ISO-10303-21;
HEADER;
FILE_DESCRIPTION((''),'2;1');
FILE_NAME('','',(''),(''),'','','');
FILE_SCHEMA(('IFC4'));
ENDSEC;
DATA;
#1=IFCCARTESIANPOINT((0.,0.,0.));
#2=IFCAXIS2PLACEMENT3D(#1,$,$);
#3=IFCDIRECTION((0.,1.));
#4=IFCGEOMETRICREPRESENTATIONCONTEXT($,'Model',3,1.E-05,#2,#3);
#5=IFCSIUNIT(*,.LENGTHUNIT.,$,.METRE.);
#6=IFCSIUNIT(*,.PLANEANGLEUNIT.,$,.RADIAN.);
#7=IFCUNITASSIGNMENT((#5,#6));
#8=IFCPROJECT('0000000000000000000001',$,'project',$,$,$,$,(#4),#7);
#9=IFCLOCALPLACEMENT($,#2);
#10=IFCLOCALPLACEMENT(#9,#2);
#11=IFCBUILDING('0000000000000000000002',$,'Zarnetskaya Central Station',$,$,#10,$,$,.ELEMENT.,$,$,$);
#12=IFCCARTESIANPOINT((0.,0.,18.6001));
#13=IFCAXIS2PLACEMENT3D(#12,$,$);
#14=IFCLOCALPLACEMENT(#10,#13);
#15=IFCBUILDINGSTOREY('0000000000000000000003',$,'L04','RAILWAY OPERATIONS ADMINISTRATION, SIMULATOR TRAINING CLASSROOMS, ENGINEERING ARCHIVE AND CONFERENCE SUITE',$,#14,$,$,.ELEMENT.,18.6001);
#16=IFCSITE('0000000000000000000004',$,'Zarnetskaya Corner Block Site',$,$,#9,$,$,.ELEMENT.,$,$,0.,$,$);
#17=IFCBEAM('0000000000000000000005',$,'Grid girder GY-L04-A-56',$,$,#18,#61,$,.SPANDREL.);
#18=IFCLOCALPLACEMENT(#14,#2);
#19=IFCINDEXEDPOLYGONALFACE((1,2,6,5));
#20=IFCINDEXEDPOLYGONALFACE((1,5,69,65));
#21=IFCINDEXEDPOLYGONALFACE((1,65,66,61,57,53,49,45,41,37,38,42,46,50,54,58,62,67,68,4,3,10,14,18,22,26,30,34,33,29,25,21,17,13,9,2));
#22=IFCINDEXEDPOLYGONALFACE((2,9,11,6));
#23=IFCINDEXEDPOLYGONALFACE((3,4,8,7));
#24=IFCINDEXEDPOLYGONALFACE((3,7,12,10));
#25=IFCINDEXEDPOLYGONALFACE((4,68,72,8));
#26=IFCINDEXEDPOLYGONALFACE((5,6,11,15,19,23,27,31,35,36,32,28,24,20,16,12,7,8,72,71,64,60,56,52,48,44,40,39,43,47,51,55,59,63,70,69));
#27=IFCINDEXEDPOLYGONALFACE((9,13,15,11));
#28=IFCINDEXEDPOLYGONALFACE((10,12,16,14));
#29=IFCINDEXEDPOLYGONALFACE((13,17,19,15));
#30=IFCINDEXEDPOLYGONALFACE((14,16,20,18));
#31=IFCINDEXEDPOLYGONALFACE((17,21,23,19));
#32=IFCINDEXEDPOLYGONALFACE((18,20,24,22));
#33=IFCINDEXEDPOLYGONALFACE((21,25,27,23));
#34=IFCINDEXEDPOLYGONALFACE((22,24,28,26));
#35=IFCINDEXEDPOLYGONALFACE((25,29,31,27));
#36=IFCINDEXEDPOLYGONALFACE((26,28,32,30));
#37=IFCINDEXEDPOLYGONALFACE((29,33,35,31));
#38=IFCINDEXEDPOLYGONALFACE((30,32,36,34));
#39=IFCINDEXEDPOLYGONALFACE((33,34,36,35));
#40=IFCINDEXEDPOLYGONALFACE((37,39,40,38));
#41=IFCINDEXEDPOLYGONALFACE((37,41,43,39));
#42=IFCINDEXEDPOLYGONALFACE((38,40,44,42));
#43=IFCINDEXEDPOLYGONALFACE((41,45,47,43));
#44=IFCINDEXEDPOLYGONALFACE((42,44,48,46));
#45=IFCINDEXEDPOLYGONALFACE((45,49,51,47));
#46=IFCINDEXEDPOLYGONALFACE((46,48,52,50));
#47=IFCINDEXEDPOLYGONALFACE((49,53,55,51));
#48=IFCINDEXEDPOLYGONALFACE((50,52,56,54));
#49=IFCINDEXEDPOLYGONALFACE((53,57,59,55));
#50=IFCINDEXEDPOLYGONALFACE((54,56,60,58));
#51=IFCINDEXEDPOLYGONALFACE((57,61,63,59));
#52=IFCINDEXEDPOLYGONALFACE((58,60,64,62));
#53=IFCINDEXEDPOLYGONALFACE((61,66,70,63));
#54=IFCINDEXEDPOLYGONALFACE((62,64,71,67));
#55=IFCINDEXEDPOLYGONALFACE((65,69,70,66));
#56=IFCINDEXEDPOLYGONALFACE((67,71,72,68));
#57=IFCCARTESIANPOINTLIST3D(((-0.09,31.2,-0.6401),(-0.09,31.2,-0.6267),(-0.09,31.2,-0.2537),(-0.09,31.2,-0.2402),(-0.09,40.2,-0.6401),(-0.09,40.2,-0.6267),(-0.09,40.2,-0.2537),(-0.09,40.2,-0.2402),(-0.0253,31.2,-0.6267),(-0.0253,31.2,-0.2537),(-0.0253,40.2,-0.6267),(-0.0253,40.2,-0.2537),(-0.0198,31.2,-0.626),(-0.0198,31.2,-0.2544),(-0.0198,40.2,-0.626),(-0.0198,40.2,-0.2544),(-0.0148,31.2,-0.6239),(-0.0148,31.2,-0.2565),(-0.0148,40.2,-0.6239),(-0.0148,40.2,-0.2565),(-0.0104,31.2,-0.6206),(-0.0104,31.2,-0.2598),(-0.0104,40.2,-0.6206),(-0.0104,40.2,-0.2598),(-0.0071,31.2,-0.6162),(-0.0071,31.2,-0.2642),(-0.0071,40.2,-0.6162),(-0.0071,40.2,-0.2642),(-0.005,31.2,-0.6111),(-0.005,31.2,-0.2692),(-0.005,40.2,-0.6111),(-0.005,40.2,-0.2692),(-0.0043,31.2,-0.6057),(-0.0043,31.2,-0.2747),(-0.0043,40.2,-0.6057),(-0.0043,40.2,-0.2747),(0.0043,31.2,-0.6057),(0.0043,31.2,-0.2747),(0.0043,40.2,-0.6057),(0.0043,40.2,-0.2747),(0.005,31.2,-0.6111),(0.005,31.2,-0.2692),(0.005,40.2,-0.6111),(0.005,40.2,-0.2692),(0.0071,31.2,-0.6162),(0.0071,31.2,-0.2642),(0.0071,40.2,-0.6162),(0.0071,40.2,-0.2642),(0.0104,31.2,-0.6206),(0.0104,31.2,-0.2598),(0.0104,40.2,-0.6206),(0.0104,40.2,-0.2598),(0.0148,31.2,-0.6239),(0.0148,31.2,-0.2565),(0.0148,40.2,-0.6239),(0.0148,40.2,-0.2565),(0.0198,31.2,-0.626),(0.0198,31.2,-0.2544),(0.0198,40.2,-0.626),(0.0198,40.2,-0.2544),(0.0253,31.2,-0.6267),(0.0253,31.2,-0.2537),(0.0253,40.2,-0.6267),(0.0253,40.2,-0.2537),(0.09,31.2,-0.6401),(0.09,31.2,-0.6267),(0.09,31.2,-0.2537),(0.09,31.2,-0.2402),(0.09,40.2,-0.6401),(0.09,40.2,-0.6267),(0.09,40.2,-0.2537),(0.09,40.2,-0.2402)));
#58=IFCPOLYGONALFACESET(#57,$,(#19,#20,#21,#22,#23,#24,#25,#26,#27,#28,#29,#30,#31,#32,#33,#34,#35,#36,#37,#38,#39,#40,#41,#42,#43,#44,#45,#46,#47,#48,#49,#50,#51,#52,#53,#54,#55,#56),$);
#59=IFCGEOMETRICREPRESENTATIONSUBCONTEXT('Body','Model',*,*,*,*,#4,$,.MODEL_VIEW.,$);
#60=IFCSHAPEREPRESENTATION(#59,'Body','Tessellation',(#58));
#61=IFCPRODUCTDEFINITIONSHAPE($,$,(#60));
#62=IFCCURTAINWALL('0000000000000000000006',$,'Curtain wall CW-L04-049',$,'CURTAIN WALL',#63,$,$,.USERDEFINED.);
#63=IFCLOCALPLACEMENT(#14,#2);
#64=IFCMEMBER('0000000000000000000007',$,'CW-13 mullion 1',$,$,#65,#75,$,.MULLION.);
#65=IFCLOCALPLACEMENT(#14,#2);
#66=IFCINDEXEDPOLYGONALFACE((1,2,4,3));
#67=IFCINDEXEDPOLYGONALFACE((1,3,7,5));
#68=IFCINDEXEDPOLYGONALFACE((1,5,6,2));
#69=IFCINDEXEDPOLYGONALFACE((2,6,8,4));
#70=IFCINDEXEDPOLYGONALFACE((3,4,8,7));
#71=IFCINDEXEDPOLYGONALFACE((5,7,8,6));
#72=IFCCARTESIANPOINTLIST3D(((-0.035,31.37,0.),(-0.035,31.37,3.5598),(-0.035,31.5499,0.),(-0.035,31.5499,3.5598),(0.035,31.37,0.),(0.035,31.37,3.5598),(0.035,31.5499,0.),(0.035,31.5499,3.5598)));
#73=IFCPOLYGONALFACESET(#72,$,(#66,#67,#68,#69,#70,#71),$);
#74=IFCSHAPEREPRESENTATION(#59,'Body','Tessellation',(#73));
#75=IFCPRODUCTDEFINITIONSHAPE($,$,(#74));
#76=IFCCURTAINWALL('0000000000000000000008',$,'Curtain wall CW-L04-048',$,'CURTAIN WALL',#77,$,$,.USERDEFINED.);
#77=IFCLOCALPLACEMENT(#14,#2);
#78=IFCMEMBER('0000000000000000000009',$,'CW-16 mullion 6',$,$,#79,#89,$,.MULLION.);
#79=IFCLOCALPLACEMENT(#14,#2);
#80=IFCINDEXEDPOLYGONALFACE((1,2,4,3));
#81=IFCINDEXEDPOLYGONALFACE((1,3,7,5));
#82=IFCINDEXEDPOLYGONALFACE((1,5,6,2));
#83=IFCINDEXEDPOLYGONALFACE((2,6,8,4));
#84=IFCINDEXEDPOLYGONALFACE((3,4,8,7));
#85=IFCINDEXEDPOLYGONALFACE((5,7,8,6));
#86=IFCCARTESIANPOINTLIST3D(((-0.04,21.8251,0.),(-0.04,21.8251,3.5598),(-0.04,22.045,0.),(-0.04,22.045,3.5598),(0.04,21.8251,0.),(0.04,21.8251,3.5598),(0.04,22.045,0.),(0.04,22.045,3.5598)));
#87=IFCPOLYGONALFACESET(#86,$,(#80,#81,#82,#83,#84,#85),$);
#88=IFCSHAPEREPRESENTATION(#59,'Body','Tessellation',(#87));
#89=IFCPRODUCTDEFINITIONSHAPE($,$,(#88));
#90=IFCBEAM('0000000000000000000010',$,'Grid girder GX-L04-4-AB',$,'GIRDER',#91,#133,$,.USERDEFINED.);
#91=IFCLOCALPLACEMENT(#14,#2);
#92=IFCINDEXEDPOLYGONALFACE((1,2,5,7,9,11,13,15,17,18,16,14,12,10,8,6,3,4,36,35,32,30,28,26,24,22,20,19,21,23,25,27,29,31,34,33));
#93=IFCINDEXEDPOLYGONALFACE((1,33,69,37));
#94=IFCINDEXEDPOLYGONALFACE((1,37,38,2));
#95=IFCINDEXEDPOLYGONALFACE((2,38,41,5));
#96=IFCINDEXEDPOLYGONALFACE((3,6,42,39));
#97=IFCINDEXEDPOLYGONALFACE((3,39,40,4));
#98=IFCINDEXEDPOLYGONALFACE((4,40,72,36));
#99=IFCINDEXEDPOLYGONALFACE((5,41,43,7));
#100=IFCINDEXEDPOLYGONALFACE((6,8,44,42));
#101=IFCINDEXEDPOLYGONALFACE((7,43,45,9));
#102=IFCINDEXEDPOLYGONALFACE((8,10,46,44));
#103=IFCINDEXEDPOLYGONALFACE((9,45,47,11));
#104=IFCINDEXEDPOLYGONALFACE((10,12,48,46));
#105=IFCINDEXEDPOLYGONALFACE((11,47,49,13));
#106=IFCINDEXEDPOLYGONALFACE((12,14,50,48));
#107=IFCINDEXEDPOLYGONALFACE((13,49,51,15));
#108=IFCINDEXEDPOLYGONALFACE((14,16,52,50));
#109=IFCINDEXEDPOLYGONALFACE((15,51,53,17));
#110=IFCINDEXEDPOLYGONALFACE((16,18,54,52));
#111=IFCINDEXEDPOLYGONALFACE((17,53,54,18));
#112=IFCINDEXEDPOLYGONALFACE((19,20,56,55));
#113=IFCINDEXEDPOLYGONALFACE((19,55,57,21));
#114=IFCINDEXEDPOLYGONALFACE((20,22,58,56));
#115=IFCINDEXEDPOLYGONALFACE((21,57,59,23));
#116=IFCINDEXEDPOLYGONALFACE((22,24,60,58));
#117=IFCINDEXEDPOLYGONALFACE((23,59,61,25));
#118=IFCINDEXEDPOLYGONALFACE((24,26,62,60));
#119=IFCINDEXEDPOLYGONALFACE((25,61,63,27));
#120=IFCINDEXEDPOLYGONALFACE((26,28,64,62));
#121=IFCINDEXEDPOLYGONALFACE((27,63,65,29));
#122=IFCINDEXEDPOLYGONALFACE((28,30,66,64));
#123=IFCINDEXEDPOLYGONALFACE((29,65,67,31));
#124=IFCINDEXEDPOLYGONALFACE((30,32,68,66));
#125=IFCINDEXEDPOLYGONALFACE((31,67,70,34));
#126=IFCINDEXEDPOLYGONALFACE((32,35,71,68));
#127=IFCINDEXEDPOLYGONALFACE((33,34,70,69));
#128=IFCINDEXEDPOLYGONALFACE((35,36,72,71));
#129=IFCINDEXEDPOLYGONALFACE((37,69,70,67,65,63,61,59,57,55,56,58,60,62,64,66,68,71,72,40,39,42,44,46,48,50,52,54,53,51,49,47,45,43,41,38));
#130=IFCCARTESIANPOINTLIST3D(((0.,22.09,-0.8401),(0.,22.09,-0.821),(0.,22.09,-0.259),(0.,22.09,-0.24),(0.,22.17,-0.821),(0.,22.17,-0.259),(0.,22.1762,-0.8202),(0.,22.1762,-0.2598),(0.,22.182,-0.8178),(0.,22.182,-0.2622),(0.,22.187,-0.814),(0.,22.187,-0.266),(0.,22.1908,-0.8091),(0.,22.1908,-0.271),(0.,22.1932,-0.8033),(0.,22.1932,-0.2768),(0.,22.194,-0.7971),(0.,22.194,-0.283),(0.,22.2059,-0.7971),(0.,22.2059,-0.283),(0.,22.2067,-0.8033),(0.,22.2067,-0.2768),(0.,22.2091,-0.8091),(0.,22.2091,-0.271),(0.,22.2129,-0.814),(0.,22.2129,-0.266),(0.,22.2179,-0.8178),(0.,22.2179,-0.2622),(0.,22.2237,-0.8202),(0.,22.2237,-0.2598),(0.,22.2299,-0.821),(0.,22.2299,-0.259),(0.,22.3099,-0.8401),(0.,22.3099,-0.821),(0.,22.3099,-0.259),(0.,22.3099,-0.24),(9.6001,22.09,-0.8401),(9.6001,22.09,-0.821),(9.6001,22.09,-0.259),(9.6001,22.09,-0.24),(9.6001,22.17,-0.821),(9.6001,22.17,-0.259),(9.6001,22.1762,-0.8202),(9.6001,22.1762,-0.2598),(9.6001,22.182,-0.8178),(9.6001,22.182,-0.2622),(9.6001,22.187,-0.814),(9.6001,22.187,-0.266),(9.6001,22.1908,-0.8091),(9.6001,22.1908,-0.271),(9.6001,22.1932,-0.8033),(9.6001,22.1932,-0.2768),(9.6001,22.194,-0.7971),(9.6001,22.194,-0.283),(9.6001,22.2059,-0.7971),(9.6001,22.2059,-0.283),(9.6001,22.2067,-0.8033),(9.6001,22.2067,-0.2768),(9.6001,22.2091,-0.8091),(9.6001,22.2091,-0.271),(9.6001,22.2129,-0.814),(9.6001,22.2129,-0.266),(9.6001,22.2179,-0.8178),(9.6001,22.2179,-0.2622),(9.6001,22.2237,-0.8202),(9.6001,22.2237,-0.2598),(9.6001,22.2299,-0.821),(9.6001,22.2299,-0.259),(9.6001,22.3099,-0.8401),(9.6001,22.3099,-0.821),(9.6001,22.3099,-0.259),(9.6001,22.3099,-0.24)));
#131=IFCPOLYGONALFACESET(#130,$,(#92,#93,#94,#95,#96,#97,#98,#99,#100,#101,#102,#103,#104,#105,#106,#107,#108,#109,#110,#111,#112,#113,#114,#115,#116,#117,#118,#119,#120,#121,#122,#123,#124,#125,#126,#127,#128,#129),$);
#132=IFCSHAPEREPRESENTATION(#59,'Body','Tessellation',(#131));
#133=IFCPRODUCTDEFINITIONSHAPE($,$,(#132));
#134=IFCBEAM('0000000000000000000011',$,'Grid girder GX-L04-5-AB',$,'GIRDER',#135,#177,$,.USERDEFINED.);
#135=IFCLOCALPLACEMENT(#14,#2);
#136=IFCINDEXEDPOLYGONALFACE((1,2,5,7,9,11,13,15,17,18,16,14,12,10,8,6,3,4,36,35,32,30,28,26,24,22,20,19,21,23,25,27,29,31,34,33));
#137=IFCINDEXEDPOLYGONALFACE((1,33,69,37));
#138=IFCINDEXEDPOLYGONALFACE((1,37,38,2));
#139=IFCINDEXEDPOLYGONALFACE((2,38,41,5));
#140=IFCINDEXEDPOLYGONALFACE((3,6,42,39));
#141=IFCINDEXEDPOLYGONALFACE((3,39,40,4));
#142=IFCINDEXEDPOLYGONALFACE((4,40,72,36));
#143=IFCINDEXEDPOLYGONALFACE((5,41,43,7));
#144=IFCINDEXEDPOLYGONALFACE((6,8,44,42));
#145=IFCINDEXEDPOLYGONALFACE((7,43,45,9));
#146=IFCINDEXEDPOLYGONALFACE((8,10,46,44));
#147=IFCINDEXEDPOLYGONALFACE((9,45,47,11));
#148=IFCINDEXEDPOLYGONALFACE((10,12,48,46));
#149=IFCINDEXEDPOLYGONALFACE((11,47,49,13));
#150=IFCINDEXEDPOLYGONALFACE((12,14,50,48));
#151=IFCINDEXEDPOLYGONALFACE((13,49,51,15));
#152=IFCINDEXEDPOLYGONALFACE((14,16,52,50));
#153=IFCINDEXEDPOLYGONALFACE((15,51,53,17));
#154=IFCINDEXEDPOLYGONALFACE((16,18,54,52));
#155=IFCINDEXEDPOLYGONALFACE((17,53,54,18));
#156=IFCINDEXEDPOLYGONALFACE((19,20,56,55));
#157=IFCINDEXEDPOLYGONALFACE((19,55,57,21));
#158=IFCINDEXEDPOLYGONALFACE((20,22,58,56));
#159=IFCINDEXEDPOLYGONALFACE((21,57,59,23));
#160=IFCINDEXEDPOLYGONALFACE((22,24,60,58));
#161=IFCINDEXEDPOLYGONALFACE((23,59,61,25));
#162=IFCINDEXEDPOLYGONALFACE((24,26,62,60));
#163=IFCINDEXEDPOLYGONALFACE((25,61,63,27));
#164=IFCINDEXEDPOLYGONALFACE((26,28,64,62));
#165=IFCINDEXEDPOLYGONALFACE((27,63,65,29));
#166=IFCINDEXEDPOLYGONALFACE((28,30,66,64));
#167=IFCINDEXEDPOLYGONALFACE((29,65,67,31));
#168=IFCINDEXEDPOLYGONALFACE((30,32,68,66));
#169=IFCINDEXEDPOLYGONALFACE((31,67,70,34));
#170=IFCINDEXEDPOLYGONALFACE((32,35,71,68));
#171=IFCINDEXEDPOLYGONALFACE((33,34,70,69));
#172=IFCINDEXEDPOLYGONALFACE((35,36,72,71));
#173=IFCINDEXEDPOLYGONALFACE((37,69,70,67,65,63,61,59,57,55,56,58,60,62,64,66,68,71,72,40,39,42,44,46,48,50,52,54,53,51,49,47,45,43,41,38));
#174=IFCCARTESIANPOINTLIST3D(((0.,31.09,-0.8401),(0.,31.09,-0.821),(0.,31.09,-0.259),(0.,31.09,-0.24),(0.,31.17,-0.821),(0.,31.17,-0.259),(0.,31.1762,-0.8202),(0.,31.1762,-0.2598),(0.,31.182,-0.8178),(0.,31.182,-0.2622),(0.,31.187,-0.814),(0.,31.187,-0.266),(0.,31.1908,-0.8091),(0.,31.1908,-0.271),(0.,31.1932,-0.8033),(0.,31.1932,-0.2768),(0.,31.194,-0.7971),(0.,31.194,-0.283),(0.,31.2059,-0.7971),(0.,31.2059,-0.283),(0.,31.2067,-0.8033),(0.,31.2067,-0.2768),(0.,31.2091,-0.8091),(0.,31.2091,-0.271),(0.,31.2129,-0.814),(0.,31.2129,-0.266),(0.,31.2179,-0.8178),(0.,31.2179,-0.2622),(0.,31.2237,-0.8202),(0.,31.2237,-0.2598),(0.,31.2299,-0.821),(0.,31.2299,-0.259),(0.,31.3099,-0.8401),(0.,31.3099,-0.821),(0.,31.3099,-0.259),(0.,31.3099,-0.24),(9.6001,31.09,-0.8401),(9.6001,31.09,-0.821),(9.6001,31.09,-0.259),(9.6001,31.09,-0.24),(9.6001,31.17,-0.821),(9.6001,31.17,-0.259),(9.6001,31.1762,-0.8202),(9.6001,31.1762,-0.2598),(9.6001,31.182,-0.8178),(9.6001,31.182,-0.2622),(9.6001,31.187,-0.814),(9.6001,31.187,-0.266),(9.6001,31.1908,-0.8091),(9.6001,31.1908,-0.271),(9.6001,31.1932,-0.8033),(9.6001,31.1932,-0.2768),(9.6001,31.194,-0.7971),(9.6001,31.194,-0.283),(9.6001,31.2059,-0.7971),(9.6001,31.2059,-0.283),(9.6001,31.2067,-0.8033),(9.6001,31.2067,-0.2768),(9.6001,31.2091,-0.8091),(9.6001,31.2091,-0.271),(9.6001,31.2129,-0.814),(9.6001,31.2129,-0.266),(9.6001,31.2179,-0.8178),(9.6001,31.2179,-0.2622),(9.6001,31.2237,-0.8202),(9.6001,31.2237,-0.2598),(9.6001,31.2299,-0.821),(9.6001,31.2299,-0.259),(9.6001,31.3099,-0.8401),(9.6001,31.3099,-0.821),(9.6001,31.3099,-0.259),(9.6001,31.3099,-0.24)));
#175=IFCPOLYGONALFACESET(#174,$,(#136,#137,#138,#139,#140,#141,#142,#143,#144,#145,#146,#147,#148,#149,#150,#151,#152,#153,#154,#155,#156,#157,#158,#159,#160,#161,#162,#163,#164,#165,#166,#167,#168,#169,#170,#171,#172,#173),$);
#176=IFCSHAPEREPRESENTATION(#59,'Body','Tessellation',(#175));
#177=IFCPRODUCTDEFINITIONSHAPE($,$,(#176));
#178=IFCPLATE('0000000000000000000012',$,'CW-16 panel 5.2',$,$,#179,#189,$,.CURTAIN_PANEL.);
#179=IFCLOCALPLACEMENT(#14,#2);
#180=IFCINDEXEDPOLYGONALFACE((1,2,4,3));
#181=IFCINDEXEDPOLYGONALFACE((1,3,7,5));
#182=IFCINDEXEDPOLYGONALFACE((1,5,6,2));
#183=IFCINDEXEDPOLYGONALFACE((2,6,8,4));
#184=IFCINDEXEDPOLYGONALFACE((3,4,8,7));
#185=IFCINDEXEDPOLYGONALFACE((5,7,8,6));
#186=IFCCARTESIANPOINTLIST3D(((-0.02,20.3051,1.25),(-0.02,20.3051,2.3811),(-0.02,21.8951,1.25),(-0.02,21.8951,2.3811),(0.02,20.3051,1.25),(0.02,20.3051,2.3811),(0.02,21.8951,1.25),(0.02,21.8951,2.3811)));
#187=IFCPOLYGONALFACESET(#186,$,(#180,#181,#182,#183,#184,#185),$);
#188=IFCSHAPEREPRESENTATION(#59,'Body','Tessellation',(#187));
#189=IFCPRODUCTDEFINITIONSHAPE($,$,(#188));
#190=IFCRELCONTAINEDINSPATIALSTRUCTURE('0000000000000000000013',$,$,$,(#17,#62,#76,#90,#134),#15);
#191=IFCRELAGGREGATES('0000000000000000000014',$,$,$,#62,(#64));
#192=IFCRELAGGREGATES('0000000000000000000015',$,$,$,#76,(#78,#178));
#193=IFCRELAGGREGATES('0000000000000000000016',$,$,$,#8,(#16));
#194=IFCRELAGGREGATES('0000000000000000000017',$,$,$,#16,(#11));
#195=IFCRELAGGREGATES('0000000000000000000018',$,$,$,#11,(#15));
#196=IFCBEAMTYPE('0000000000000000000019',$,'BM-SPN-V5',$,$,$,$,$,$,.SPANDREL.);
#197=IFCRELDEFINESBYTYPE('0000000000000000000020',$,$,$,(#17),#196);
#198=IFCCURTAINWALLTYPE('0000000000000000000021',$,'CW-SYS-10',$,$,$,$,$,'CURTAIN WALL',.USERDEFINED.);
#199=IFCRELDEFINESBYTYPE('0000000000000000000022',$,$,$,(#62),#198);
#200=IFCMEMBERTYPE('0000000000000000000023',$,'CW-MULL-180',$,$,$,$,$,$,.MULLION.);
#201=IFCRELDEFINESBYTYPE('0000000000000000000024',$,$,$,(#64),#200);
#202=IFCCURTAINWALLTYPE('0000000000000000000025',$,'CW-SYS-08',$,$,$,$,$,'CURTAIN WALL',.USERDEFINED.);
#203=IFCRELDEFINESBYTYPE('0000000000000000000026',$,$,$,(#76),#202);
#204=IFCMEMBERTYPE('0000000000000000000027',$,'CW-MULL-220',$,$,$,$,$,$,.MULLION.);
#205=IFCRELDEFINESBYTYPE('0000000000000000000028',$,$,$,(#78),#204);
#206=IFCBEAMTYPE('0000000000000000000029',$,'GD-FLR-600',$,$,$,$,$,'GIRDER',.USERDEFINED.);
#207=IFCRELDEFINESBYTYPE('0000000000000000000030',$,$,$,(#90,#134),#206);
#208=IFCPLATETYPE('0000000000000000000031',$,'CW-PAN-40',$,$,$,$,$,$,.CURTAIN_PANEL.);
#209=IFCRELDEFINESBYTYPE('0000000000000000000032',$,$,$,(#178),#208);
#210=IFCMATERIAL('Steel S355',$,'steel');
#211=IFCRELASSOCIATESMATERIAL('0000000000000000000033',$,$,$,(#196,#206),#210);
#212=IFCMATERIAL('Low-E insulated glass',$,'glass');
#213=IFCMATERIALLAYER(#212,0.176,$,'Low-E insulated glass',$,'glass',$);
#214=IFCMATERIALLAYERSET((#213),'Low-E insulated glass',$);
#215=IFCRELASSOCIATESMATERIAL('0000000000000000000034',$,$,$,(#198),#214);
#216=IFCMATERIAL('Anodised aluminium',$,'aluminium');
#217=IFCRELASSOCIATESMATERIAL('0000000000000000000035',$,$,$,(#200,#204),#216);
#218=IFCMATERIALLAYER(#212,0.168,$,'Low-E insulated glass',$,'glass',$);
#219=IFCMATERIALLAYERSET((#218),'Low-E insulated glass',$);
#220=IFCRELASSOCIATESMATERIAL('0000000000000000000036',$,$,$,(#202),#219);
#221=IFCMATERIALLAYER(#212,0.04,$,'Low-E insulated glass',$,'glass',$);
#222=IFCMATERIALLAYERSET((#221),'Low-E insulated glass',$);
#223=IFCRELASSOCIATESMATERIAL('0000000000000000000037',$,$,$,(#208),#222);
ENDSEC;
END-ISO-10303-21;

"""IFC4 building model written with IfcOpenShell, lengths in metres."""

from ifc_helpers import new_model, si_unit, direction, frame, origin, origin_2d, place, context, subcontext, project, spatial, rectangle, i_section, extrude, material, layer, layer_set, material_profile, profile_set, type_object, element, aggregate, save


model = new_model("IFC4")

# Units and contexts
model_context = context("Model", 3, precision=1e-05, world=origin(), true_north=direction((0.0, 1.0)))
body_context = subcontext(model_context, "Body", "Model", "MODEL_VIEW")
ifc_project = project(units=[si_unit("LENGTHUNIT", "METRE"), si_unit("PLANEANGLEUNIT", "RADIAN")], contexts=[model_context])

# Site, building, storey
site_placement = place(None, origin())
site = spatial("IfcSite", under=ifc_project, at=site_placement, Name="Zarnetskaya Corner Block Site", CompositionType="ELEMENT", RefElevation=0.0)
building_placement = place(site_placement, origin())
building = spatial("IfcBuilding", under=site, at=building_placement, Name="Zarnetskaya Central Station", CompositionType="ELEMENT")
storey_placement = place(building_placement, frame((0.0, 0.0, 18.6001)))
storey = spatial("IfcBuildingStorey", under=building, at=storey_placement, Name="L04", Description="RAILWAY OPERATIONS ADMINISTRATION, SIMULATOR TRAINING CLASSROOMS, ENGINEERING ARCHIVE AND CONFERENCE SUITE", CompositionType="ELEMENT", Elevation=18.6001)

# Shared definitions
ifc_material_1 = material(Name="Steel S355", Category="steel")

# Beam
ifc_material_profile_1 = material_profile(ifc_material_1, i_section(OverallWidth=0.1799, OverallDepth=0.3999, WebThickness=0.0085, FlangeThickness=0.0134, FilletRadius=0.021, at=origin_2d()), Name="IPE 400")
ifc_profile_set_1 = profile_set([ifc_material_profile_1], Name="Steel S355")
beam_type_1 = type_object("IfcBeamType", Name="BM-SPN-V5", PredefinedType="SPANDREL", material=ifc_profile_set_1)
for number, where, z_axis, x_axis, name in (
    (1, (0.0, 31.2, -0.4402), (0.0, 1.0, 0.0), (-1.0, 0.0, 0.0), "Grid girder GY-L04-A-56"),
):
    element("IfcBeam", number, at=place(storey_placement, frame(where, z_axis=z_axis, x_axis=x_axis)), inside=storey, type_object=beam_type_1, Name=name, PredefinedType="SPANDREL", context=body_context, shape_type="SweptSolid", body=[
        extrude(i_section(OverallWidth=0.1799, OverallDepth=0.3999, WebThickness=0.0085, FlangeThickness=0.0134, FilletRadius=0.021, at=origin_2d()), origin(), (0.0, 0.0, 1.0), 9.0),
    ])

# Curtain walls, members
ifc_material_2 = material(Name="Low-E insulated glass", Category="glass")
ifc_layer_1 = layer(ifc_material_2, 0.176, Name="Low-E insulated glass", Category="glass")
ifc_layer_set_1 = layer_set([ifc_layer_1], Name="Low-E insulated glass")
curtain_wall_type_1 = type_object("IfcCurtainWallType", Name="CW-SYS-10", ElementType="CURTAIN WALL", PredefinedType="USERDEFINED", material=ifc_layer_set_1)
curtain_wall_1_placement = place(storey_placement, origin())
curtain_wall_1 = element("IfcCurtainWall", 2, at=curtain_wall_1_placement, inside=storey, type_object=curtain_wall_type_1, Name="Curtain wall CW-L04-049", ObjectType="CURTAIN WALL", PredefinedType="USERDEFINED")
ifc_material_3 = material(Name="Anodised aluminium", Category="aluminium")
ifc_material_profile_2 = material_profile(ifc_material_3, rectangle(XDim=0.0701, YDim=0.1799, at=origin_2d()), Name="ALU MULL 70x180")
ifc_profile_set_2 = profile_set([ifc_material_profile_2], Name="Anodised aluminium")
member_type_1 = type_object("IfcMemberType", Name="CW-MULL-180", PredefinedType="MULLION", material=ifc_profile_set_2)
member_1_placement = place(storey_placement, frame((0.0, 31.46, 0.0), z_axis=(0.0, 0.0, 1.0), x_axis=(-1.0, 0.0, 0.0)))
member_1 = element("IfcMember", 3, at=member_1_placement, type_object=member_type_1, Name="CW-13 mullion 1", PredefinedType="MULLION", context=body_context, shape_type="SweptSolid", body=[
    extrude(rectangle(XDim=0.0701, YDim=0.1799, at=origin_2d()), origin(), (0.0, 0.0, 1.0), 3.5598),
])
aggregate(curtain_wall_1, [member_1])
ifc_layer_2 = layer(ifc_material_2, 0.168, Name="Low-E insulated glass", Category="glass")
ifc_layer_set_2 = layer_set([ifc_layer_2], Name="Low-E insulated glass")
curtain_wall_type_2 = type_object("IfcCurtainWallType", Name="CW-SYS-08", ElementType="CURTAIN WALL", PredefinedType="USERDEFINED", material=ifc_layer_set_2)
curtain_wall_2_placement = place(storey_placement, origin())
curtain_wall_2 = element("IfcCurtainWall", 4, at=curtain_wall_2_placement, inside=storey, type_object=curtain_wall_type_2, Name="Curtain wall CW-L04-048", ObjectType="CURTAIN WALL", PredefinedType="USERDEFINED")
ifc_material_profile_3 = material_profile(ifc_material_3, rectangle(XDim=0.0801, YDim=0.22, at=origin_2d()), Name="ALU MULL 80x220")
ifc_profile_set_3 = profile_set([ifc_material_profile_3], Name="Anodised aluminium")
member_type_2 = type_object("IfcMemberType", Name="CW-MULL-220", PredefinedType="MULLION", material=ifc_profile_set_3)
member_2_placement = place(storey_placement, frame((0.0, 21.9351, 0.0), z_axis=(0.0, 0.0, 1.0), x_axis=(-1.0, 0.0, 0.0)))
member_2 = element("IfcMember", 5, at=member_2_placement, type_object=member_type_2, Name="CW-16 mullion 6", PredefinedType="MULLION", context=body_context, shape_type="SweptSolid", body=[
    extrude(rectangle(XDim=0.0801, YDim=0.22, at=origin_2d()), origin(), (0.0, 0.0, 1.0), 3.5598),
])

# Beams
ifc_material_profile_4 = material_profile(ifc_material_1, i_section(OverallWidth=0.22, OverallDepth=0.6001, WebThickness=0.012, FlangeThickness=0.019, FilletRadius=0.0239, at=origin_2d()), Name="IPE 600")
ifc_profile_set_4 = profile_set([ifc_material_profile_4], Name="Steel S355")
beam_type_2 = type_object("IfcBeamType", Name="GD-FLR-600", ElementType="GIRDER", PredefinedType="USERDEFINED", material=ifc_profile_set_4)
for number, where, z_axis, x_axis, name in (
    (6, (0.0, 22.2, -0.54), (1.0, 0.0, 0.0), (0.0, 1.0, 0.0), "Grid girder GX-L04-4-AB"),
    (7, (0.0, 31.2, -0.54), (1.0, 0.0, 0.0), (0.0, 1.0, 0.0), "Grid girder GX-L04-5-AB"),
):
    element("IfcBeam", number, at=place(storey_placement, frame(where, z_axis=z_axis, x_axis=x_axis)), inside=storey, type_object=beam_type_2, Name=name, ObjectType="GIRDER", PredefinedType="USERDEFINED", context=body_context, shape_type="SweptSolid", body=[
        extrude(i_section(OverallWidth=0.22, OverallDepth=0.6001, WebThickness=0.012, FlangeThickness=0.019, FilletRadius=0.0239, at=origin_2d()), origin(), (0.0, 0.0, 1.0), 9.6001),
    ])

# Plate
ifc_layer_3 = layer(ifc_material_2, 0.04, Name="Low-E insulated glass", Category="glass")
ifc_layer_set_3 = layer_set([ifc_layer_3], Name="Low-E insulated glass")
plate_type = type_object("IfcPlateType", Name="CW-PAN-40", PredefinedType="CURTAIN_PANEL", material=ifc_layer_set_3)
plate_1_placement = place(storey_placement, frame((0.0, 21.1001, 1.25), z_axis=(0.0, 0.0, 1.0), x_axis=(0.0, 1.0, 0.0)))
plate_1 = element("IfcPlate", 8, at=plate_1_placement, type_object=plate_type, Name="CW-16 panel 5.2", PredefinedType="CURTAIN_PANEL", context=body_context, shape_type="SweptSolid", body=[
    extrude(rectangle(XDim=1.5901, YDim=0.04, at=origin_2d()), origin(), (0.0, 0.0, 1.0), 1.1311),
])
aggregate(curtain_wall_2, [member_2, plate_1])

save(model, "model.ifc")
